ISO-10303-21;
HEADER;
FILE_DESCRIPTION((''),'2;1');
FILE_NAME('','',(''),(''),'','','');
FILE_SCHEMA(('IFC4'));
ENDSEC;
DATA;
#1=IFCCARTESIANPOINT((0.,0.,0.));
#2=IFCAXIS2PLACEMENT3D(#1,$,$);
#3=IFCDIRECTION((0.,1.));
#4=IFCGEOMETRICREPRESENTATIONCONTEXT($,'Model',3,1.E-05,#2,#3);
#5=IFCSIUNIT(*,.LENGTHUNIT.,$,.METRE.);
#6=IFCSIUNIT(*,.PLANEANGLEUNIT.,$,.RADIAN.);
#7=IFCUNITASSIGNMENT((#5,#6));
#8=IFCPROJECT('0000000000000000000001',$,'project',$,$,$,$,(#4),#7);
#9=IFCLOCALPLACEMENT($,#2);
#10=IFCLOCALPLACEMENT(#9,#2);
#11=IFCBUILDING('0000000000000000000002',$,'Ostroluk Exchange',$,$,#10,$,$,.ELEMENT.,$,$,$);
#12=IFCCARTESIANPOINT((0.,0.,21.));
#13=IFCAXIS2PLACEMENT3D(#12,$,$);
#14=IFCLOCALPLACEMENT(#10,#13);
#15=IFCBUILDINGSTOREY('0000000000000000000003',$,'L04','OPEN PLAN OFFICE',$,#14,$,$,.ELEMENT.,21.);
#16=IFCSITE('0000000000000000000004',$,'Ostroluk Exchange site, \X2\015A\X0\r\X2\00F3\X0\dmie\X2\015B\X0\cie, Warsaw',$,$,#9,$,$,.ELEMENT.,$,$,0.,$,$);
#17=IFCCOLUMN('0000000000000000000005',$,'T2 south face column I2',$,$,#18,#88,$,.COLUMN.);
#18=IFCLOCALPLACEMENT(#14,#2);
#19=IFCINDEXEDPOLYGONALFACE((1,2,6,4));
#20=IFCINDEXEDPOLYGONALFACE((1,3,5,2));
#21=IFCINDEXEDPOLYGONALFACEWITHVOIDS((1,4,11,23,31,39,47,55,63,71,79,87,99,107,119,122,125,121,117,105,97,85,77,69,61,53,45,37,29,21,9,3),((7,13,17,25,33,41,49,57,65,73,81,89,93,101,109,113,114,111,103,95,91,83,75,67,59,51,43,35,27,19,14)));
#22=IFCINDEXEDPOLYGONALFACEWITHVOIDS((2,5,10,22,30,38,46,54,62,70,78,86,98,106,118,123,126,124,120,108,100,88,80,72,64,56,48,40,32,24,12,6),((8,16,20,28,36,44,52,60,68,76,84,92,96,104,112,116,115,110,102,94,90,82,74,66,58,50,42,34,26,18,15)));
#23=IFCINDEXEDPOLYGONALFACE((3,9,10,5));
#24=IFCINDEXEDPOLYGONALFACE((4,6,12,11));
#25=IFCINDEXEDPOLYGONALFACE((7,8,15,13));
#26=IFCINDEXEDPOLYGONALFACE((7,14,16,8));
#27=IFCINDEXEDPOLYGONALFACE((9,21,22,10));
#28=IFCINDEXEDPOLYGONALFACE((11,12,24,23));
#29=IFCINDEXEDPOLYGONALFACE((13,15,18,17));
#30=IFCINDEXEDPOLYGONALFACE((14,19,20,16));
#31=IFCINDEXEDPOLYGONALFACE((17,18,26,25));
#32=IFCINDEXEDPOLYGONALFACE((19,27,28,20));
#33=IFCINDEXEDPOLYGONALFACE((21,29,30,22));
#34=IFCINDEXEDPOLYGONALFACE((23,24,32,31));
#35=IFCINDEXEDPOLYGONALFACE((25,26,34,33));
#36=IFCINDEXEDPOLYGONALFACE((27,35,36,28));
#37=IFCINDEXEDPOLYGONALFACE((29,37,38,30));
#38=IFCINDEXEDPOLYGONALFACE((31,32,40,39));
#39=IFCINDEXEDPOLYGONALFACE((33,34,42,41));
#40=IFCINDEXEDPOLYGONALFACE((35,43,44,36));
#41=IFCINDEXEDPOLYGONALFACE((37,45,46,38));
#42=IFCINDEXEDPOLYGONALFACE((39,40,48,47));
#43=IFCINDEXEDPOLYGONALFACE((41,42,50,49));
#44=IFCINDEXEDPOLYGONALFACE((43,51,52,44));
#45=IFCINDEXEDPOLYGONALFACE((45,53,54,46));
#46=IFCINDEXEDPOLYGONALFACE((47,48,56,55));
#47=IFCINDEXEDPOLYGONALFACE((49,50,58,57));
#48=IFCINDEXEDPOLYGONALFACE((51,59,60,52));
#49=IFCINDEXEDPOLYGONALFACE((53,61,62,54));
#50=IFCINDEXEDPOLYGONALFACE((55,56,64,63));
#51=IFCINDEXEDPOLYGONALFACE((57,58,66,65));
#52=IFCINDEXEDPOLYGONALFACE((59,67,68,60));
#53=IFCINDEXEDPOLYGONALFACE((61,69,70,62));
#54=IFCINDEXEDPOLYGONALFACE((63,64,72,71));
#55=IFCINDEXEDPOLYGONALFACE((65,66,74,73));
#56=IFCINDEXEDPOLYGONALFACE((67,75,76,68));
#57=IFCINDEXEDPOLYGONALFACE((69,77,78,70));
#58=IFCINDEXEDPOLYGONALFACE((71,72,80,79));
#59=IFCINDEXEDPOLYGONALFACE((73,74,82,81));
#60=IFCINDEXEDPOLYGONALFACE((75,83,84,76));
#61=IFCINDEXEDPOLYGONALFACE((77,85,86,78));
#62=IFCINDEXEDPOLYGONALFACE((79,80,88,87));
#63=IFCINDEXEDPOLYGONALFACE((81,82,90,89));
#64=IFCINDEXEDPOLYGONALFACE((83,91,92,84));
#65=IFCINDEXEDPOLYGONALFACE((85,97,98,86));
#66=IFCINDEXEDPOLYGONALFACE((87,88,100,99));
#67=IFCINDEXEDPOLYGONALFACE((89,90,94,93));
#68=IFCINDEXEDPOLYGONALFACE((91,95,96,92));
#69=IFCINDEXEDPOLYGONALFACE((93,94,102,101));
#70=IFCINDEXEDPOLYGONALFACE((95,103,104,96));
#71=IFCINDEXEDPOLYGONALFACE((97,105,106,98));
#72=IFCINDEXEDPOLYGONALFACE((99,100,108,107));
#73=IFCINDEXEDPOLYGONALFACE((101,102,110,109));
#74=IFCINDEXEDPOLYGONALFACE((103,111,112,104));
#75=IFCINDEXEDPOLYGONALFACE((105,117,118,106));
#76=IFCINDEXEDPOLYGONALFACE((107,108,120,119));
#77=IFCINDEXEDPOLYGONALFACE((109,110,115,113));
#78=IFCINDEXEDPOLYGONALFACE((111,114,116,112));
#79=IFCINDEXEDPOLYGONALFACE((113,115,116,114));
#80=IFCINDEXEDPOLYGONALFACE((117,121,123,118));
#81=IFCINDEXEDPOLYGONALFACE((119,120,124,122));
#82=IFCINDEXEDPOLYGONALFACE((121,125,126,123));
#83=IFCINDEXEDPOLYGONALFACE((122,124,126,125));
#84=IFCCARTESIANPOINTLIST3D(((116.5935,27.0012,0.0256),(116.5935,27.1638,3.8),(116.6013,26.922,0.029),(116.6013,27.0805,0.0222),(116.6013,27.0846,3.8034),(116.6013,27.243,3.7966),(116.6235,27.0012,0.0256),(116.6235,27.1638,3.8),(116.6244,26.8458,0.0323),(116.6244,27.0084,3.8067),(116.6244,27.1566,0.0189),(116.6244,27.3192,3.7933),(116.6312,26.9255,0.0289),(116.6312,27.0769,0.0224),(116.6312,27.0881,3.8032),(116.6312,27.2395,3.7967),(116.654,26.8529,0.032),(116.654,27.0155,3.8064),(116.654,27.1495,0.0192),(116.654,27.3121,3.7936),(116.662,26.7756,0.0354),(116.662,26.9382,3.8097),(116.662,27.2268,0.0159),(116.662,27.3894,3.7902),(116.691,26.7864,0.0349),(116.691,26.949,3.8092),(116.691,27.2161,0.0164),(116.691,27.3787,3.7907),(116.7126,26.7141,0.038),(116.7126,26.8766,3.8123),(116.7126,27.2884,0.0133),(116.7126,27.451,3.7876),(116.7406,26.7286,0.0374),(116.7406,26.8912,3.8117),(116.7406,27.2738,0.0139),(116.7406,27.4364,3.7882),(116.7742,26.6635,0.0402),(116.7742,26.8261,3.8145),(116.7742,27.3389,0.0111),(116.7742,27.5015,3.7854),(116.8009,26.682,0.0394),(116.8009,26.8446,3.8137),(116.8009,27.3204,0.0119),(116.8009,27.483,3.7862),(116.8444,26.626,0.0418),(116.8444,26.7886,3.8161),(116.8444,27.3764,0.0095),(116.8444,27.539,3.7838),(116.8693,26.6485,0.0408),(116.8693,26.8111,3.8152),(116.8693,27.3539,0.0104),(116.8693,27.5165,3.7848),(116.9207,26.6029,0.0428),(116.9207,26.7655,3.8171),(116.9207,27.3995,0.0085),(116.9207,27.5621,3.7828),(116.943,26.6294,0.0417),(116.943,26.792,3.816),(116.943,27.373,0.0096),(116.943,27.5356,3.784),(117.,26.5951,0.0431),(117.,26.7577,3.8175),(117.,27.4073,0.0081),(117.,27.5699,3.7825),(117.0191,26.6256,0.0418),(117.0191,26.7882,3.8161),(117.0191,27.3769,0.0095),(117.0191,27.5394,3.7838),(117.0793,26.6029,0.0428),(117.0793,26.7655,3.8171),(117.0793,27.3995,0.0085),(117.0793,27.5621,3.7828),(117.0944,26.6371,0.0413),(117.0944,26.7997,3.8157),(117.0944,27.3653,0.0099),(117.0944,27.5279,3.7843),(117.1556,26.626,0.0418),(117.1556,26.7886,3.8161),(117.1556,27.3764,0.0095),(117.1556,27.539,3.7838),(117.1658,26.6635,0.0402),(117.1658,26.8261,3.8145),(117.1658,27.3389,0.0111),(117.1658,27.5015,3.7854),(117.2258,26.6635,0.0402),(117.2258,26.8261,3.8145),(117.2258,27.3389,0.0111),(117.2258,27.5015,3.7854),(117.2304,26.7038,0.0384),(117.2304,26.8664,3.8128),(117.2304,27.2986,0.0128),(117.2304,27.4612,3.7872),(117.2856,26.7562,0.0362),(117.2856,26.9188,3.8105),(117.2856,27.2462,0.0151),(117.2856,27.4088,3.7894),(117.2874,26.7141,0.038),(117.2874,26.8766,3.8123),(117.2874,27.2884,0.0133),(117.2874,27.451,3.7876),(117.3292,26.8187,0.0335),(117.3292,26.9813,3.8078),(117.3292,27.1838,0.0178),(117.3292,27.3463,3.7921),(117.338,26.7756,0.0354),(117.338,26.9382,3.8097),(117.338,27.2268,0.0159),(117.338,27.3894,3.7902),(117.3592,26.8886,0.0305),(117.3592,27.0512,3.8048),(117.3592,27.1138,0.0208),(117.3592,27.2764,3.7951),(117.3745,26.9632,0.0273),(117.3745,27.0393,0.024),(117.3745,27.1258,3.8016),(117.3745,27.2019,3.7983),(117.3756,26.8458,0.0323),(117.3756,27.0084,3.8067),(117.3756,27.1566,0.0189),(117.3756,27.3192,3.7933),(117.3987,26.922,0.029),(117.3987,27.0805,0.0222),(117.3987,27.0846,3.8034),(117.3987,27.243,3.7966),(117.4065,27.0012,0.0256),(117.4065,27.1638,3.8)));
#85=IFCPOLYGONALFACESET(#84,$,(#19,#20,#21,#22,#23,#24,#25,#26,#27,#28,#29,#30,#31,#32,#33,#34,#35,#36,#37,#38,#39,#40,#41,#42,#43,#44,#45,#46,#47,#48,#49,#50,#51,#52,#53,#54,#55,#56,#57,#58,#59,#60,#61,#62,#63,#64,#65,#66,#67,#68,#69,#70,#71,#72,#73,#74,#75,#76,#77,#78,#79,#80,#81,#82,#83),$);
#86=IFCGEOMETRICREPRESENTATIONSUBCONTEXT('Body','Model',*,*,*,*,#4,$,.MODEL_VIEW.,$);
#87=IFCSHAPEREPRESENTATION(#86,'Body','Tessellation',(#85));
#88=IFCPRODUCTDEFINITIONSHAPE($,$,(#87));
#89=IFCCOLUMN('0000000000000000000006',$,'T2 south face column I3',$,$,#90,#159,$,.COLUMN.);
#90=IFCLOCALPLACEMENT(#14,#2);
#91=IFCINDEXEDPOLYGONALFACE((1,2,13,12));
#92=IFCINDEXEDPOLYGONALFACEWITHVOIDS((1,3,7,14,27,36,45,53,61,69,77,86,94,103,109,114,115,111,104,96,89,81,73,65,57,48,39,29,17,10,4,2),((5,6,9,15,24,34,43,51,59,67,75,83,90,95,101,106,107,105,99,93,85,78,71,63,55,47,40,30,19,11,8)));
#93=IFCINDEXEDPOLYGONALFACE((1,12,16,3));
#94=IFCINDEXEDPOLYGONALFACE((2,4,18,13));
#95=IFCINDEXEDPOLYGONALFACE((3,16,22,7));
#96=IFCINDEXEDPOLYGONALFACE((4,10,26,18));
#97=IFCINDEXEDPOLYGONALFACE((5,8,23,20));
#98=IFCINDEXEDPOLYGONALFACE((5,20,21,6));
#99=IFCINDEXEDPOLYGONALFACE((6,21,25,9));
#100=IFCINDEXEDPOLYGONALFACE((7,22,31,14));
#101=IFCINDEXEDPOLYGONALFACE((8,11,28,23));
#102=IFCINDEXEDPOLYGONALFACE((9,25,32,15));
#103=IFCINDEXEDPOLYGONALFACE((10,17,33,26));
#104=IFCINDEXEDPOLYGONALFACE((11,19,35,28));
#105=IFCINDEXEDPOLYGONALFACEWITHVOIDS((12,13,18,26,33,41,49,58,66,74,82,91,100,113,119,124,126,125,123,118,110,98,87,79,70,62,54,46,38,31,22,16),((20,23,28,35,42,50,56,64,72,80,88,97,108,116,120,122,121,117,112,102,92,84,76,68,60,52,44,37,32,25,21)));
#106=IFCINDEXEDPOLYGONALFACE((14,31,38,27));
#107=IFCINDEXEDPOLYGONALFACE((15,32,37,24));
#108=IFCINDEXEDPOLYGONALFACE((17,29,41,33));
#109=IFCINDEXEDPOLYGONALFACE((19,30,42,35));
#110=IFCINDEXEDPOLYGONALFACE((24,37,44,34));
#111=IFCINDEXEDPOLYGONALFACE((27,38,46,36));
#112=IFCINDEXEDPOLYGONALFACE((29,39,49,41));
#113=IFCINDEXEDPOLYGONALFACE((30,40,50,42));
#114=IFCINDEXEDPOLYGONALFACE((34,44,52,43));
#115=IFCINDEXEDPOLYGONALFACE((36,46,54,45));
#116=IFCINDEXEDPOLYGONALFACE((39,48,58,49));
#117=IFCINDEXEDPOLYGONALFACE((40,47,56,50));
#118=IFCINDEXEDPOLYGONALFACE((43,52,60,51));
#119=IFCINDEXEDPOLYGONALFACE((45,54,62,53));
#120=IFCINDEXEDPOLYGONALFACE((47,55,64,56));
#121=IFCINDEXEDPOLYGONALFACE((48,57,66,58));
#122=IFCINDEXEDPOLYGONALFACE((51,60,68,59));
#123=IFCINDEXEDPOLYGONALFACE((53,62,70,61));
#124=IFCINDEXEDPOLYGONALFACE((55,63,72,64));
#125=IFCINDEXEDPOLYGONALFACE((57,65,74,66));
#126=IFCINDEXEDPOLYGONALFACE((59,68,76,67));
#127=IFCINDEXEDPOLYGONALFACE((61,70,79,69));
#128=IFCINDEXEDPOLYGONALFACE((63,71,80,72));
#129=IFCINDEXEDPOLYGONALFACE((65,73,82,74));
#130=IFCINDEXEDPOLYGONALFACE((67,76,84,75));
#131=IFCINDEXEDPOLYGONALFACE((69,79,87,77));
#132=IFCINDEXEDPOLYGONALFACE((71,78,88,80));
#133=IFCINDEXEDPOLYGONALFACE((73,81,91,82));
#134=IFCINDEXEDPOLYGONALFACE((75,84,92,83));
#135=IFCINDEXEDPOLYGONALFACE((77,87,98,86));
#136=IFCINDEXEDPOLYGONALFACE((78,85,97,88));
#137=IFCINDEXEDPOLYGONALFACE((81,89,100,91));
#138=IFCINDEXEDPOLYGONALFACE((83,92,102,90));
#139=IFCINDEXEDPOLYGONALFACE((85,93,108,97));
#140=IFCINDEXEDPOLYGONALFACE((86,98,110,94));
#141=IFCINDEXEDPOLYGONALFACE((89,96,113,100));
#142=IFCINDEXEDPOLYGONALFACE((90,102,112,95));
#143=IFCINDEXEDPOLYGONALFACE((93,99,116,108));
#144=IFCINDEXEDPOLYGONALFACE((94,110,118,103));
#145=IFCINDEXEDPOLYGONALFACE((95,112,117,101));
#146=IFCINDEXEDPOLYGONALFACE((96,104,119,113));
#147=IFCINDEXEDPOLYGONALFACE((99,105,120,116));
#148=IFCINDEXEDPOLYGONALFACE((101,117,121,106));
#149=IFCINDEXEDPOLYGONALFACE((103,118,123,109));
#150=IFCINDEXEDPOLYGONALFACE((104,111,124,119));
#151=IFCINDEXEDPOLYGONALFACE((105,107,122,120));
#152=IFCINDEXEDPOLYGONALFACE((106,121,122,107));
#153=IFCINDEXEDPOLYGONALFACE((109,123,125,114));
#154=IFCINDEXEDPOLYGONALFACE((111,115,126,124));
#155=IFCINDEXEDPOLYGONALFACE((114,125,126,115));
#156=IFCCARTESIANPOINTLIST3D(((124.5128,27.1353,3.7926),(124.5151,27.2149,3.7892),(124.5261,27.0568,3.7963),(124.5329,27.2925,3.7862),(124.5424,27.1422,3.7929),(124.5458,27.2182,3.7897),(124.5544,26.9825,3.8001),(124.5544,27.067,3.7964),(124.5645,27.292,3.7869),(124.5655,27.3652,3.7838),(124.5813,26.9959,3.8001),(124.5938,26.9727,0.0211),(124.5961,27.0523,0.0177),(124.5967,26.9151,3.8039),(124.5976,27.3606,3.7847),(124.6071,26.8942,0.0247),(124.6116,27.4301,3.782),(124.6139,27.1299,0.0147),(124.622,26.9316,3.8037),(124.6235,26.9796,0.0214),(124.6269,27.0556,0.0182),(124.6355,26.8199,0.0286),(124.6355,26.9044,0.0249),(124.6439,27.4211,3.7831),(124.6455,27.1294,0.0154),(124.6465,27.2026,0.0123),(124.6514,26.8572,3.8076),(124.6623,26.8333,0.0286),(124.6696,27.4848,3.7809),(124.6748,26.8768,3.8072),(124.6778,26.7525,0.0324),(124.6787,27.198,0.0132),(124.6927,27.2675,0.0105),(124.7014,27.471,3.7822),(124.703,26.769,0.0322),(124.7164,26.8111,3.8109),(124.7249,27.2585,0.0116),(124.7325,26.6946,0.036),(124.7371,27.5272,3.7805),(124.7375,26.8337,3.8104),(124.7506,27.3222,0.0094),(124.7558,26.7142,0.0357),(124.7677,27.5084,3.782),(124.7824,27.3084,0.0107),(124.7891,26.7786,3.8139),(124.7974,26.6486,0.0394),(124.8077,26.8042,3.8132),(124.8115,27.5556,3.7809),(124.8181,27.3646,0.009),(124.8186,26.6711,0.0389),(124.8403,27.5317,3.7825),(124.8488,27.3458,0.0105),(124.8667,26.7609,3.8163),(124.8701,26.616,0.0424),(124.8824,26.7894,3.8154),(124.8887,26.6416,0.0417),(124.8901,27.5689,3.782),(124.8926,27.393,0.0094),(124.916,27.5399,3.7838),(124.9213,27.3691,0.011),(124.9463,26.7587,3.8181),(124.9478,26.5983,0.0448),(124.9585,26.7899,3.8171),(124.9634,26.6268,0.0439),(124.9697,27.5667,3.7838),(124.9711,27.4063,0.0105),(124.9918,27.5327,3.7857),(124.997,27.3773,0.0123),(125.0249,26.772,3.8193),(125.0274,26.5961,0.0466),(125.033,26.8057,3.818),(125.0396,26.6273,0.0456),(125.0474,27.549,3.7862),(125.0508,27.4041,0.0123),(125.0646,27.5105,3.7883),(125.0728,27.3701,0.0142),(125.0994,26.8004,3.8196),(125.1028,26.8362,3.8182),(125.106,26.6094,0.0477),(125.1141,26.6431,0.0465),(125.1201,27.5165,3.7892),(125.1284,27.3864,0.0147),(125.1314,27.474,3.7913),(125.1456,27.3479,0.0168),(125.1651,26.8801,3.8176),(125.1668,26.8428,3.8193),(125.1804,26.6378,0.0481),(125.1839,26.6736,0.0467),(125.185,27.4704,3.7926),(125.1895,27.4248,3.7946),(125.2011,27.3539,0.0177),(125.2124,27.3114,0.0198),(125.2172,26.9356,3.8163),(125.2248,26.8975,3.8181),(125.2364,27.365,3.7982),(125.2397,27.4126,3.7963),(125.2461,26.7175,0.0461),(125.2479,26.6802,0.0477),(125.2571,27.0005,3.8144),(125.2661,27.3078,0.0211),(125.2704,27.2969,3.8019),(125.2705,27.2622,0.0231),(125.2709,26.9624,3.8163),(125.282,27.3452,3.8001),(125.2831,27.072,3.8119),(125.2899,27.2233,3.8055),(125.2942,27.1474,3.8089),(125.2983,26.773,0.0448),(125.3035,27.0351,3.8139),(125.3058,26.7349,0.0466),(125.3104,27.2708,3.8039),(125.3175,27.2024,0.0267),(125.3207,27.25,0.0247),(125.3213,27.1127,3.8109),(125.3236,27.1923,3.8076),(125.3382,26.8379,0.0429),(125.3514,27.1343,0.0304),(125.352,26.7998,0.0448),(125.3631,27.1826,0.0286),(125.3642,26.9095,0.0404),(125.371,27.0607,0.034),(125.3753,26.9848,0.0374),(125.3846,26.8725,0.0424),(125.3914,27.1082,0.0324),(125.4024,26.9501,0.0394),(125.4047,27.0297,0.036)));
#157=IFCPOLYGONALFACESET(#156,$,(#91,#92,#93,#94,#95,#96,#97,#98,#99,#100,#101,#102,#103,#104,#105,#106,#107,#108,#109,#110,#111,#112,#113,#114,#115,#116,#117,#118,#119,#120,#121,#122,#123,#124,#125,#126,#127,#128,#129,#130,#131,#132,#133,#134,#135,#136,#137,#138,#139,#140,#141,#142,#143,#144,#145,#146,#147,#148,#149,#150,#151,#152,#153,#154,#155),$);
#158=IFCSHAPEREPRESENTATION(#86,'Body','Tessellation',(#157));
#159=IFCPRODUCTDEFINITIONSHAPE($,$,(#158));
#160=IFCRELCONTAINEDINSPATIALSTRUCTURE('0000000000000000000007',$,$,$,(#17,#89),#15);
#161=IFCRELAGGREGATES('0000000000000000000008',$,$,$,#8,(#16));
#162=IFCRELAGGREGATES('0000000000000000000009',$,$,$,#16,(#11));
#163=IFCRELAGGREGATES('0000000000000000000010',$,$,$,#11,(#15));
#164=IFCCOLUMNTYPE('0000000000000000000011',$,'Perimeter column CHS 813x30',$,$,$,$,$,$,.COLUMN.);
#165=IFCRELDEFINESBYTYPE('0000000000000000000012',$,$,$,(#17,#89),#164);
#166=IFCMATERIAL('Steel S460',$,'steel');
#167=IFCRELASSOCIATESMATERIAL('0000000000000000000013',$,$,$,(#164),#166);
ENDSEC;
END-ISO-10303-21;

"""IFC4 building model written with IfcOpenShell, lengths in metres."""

from ifc_helpers import new_model, si_unit, direction, frame, origin, origin_2d, place, context, subcontext, project, spatial, hollow_circle, extrude, material, material_profile, profile_set, type_object, element, save


model = new_model("IFC4")

# Units and contexts
model_context = context("Model", 3, precision=1e-05, world=origin(), true_north=direction((0.0, 1.0)))
body_context = subcontext(model_context, "Body", "Model", "MODEL_VIEW")
ifc_project = project(units=[si_unit("LENGTHUNIT", "METRE"), si_unit("PLANEANGLEUNIT", "RADIAN")], contexts=[model_context])

# Site, building, storey
site_placement = place(None, origin())
site = spatial("IfcSite", under=ifc_project, at=site_placement, Name="Ostroluk Exchange site, Śródmieście, Warsaw", CompositionType="ELEMENT", RefElevation=0.0)
building_placement = place(site_placement, origin())
building = spatial("IfcBuilding", under=site, at=building_placement, Name="Ostroluk Exchange", CompositionType="ELEMENT")
storey_placement = place(building_placement, frame((0.0, 0.0, 21.0)))
storey = spatial("IfcBuildingStorey", under=building, at=storey_placement, Name="L04", Description="OPEN PLAN OFFICE", CompositionType="ELEMENT", Elevation=21.0)

# Columns
ifc_material_1 = material(Name="Steel S460", Category="steel")
ifc_material_profile_1 = material_profile(ifc_material_1, hollow_circle(Radius=0.4065, WallThickness=0.03, at=origin_2d()), Name="CHS 813x30")
ifc_profile_set_1 = profile_set([ifc_material_profile_1], Name="Steel S460")
column_type = type_object("IfcColumnType", Name="Perimeter column CHS 813x30", PredefinedType="COLUMN", material=ifc_profile_set_1)
column_1_placement = place(storey_placement, frame((117.0, 27.0012, 0.0256), z_axis=(0.0, 0.043039, 0.999073), x_axis=(-1.0, 0.0, 0.0)))
element("IfcColumn", 1, at=column_1_placement, inside=storey, type_object=column_type, Name="T2 south face column I2", PredefinedType="COLUMN", context=body_context, shape_type="SweptSolid", body=[
    extrude(hollow_circle(Radius=0.4065, WallThickness=0.03, at=origin_2d()), origin(), (0.0, 0.0, 1.0), 3.7778),
])
column_2_placement = place(storey_placement, frame((124.9993, 27.0012, 0.0286), z_axis=(-0.021467, 0.043062, 0.998842), x_axis=(-0.894964, -0.446138, 0.0)))
element("IfcColumn", 2, at=column_2_placement, inside=storey, type_object=column_type, Name="T2 south face column I3", PredefinedType="COLUMN", context=body_context, shape_type="SweptSolid", body=[
    extrude(hollow_circle(Radius=0.4065, WallThickness=0.03, at=origin_2d()), origin(), (0.0, 0.0, 1.0), 3.7759),
])

save(model, "model.ifc")
